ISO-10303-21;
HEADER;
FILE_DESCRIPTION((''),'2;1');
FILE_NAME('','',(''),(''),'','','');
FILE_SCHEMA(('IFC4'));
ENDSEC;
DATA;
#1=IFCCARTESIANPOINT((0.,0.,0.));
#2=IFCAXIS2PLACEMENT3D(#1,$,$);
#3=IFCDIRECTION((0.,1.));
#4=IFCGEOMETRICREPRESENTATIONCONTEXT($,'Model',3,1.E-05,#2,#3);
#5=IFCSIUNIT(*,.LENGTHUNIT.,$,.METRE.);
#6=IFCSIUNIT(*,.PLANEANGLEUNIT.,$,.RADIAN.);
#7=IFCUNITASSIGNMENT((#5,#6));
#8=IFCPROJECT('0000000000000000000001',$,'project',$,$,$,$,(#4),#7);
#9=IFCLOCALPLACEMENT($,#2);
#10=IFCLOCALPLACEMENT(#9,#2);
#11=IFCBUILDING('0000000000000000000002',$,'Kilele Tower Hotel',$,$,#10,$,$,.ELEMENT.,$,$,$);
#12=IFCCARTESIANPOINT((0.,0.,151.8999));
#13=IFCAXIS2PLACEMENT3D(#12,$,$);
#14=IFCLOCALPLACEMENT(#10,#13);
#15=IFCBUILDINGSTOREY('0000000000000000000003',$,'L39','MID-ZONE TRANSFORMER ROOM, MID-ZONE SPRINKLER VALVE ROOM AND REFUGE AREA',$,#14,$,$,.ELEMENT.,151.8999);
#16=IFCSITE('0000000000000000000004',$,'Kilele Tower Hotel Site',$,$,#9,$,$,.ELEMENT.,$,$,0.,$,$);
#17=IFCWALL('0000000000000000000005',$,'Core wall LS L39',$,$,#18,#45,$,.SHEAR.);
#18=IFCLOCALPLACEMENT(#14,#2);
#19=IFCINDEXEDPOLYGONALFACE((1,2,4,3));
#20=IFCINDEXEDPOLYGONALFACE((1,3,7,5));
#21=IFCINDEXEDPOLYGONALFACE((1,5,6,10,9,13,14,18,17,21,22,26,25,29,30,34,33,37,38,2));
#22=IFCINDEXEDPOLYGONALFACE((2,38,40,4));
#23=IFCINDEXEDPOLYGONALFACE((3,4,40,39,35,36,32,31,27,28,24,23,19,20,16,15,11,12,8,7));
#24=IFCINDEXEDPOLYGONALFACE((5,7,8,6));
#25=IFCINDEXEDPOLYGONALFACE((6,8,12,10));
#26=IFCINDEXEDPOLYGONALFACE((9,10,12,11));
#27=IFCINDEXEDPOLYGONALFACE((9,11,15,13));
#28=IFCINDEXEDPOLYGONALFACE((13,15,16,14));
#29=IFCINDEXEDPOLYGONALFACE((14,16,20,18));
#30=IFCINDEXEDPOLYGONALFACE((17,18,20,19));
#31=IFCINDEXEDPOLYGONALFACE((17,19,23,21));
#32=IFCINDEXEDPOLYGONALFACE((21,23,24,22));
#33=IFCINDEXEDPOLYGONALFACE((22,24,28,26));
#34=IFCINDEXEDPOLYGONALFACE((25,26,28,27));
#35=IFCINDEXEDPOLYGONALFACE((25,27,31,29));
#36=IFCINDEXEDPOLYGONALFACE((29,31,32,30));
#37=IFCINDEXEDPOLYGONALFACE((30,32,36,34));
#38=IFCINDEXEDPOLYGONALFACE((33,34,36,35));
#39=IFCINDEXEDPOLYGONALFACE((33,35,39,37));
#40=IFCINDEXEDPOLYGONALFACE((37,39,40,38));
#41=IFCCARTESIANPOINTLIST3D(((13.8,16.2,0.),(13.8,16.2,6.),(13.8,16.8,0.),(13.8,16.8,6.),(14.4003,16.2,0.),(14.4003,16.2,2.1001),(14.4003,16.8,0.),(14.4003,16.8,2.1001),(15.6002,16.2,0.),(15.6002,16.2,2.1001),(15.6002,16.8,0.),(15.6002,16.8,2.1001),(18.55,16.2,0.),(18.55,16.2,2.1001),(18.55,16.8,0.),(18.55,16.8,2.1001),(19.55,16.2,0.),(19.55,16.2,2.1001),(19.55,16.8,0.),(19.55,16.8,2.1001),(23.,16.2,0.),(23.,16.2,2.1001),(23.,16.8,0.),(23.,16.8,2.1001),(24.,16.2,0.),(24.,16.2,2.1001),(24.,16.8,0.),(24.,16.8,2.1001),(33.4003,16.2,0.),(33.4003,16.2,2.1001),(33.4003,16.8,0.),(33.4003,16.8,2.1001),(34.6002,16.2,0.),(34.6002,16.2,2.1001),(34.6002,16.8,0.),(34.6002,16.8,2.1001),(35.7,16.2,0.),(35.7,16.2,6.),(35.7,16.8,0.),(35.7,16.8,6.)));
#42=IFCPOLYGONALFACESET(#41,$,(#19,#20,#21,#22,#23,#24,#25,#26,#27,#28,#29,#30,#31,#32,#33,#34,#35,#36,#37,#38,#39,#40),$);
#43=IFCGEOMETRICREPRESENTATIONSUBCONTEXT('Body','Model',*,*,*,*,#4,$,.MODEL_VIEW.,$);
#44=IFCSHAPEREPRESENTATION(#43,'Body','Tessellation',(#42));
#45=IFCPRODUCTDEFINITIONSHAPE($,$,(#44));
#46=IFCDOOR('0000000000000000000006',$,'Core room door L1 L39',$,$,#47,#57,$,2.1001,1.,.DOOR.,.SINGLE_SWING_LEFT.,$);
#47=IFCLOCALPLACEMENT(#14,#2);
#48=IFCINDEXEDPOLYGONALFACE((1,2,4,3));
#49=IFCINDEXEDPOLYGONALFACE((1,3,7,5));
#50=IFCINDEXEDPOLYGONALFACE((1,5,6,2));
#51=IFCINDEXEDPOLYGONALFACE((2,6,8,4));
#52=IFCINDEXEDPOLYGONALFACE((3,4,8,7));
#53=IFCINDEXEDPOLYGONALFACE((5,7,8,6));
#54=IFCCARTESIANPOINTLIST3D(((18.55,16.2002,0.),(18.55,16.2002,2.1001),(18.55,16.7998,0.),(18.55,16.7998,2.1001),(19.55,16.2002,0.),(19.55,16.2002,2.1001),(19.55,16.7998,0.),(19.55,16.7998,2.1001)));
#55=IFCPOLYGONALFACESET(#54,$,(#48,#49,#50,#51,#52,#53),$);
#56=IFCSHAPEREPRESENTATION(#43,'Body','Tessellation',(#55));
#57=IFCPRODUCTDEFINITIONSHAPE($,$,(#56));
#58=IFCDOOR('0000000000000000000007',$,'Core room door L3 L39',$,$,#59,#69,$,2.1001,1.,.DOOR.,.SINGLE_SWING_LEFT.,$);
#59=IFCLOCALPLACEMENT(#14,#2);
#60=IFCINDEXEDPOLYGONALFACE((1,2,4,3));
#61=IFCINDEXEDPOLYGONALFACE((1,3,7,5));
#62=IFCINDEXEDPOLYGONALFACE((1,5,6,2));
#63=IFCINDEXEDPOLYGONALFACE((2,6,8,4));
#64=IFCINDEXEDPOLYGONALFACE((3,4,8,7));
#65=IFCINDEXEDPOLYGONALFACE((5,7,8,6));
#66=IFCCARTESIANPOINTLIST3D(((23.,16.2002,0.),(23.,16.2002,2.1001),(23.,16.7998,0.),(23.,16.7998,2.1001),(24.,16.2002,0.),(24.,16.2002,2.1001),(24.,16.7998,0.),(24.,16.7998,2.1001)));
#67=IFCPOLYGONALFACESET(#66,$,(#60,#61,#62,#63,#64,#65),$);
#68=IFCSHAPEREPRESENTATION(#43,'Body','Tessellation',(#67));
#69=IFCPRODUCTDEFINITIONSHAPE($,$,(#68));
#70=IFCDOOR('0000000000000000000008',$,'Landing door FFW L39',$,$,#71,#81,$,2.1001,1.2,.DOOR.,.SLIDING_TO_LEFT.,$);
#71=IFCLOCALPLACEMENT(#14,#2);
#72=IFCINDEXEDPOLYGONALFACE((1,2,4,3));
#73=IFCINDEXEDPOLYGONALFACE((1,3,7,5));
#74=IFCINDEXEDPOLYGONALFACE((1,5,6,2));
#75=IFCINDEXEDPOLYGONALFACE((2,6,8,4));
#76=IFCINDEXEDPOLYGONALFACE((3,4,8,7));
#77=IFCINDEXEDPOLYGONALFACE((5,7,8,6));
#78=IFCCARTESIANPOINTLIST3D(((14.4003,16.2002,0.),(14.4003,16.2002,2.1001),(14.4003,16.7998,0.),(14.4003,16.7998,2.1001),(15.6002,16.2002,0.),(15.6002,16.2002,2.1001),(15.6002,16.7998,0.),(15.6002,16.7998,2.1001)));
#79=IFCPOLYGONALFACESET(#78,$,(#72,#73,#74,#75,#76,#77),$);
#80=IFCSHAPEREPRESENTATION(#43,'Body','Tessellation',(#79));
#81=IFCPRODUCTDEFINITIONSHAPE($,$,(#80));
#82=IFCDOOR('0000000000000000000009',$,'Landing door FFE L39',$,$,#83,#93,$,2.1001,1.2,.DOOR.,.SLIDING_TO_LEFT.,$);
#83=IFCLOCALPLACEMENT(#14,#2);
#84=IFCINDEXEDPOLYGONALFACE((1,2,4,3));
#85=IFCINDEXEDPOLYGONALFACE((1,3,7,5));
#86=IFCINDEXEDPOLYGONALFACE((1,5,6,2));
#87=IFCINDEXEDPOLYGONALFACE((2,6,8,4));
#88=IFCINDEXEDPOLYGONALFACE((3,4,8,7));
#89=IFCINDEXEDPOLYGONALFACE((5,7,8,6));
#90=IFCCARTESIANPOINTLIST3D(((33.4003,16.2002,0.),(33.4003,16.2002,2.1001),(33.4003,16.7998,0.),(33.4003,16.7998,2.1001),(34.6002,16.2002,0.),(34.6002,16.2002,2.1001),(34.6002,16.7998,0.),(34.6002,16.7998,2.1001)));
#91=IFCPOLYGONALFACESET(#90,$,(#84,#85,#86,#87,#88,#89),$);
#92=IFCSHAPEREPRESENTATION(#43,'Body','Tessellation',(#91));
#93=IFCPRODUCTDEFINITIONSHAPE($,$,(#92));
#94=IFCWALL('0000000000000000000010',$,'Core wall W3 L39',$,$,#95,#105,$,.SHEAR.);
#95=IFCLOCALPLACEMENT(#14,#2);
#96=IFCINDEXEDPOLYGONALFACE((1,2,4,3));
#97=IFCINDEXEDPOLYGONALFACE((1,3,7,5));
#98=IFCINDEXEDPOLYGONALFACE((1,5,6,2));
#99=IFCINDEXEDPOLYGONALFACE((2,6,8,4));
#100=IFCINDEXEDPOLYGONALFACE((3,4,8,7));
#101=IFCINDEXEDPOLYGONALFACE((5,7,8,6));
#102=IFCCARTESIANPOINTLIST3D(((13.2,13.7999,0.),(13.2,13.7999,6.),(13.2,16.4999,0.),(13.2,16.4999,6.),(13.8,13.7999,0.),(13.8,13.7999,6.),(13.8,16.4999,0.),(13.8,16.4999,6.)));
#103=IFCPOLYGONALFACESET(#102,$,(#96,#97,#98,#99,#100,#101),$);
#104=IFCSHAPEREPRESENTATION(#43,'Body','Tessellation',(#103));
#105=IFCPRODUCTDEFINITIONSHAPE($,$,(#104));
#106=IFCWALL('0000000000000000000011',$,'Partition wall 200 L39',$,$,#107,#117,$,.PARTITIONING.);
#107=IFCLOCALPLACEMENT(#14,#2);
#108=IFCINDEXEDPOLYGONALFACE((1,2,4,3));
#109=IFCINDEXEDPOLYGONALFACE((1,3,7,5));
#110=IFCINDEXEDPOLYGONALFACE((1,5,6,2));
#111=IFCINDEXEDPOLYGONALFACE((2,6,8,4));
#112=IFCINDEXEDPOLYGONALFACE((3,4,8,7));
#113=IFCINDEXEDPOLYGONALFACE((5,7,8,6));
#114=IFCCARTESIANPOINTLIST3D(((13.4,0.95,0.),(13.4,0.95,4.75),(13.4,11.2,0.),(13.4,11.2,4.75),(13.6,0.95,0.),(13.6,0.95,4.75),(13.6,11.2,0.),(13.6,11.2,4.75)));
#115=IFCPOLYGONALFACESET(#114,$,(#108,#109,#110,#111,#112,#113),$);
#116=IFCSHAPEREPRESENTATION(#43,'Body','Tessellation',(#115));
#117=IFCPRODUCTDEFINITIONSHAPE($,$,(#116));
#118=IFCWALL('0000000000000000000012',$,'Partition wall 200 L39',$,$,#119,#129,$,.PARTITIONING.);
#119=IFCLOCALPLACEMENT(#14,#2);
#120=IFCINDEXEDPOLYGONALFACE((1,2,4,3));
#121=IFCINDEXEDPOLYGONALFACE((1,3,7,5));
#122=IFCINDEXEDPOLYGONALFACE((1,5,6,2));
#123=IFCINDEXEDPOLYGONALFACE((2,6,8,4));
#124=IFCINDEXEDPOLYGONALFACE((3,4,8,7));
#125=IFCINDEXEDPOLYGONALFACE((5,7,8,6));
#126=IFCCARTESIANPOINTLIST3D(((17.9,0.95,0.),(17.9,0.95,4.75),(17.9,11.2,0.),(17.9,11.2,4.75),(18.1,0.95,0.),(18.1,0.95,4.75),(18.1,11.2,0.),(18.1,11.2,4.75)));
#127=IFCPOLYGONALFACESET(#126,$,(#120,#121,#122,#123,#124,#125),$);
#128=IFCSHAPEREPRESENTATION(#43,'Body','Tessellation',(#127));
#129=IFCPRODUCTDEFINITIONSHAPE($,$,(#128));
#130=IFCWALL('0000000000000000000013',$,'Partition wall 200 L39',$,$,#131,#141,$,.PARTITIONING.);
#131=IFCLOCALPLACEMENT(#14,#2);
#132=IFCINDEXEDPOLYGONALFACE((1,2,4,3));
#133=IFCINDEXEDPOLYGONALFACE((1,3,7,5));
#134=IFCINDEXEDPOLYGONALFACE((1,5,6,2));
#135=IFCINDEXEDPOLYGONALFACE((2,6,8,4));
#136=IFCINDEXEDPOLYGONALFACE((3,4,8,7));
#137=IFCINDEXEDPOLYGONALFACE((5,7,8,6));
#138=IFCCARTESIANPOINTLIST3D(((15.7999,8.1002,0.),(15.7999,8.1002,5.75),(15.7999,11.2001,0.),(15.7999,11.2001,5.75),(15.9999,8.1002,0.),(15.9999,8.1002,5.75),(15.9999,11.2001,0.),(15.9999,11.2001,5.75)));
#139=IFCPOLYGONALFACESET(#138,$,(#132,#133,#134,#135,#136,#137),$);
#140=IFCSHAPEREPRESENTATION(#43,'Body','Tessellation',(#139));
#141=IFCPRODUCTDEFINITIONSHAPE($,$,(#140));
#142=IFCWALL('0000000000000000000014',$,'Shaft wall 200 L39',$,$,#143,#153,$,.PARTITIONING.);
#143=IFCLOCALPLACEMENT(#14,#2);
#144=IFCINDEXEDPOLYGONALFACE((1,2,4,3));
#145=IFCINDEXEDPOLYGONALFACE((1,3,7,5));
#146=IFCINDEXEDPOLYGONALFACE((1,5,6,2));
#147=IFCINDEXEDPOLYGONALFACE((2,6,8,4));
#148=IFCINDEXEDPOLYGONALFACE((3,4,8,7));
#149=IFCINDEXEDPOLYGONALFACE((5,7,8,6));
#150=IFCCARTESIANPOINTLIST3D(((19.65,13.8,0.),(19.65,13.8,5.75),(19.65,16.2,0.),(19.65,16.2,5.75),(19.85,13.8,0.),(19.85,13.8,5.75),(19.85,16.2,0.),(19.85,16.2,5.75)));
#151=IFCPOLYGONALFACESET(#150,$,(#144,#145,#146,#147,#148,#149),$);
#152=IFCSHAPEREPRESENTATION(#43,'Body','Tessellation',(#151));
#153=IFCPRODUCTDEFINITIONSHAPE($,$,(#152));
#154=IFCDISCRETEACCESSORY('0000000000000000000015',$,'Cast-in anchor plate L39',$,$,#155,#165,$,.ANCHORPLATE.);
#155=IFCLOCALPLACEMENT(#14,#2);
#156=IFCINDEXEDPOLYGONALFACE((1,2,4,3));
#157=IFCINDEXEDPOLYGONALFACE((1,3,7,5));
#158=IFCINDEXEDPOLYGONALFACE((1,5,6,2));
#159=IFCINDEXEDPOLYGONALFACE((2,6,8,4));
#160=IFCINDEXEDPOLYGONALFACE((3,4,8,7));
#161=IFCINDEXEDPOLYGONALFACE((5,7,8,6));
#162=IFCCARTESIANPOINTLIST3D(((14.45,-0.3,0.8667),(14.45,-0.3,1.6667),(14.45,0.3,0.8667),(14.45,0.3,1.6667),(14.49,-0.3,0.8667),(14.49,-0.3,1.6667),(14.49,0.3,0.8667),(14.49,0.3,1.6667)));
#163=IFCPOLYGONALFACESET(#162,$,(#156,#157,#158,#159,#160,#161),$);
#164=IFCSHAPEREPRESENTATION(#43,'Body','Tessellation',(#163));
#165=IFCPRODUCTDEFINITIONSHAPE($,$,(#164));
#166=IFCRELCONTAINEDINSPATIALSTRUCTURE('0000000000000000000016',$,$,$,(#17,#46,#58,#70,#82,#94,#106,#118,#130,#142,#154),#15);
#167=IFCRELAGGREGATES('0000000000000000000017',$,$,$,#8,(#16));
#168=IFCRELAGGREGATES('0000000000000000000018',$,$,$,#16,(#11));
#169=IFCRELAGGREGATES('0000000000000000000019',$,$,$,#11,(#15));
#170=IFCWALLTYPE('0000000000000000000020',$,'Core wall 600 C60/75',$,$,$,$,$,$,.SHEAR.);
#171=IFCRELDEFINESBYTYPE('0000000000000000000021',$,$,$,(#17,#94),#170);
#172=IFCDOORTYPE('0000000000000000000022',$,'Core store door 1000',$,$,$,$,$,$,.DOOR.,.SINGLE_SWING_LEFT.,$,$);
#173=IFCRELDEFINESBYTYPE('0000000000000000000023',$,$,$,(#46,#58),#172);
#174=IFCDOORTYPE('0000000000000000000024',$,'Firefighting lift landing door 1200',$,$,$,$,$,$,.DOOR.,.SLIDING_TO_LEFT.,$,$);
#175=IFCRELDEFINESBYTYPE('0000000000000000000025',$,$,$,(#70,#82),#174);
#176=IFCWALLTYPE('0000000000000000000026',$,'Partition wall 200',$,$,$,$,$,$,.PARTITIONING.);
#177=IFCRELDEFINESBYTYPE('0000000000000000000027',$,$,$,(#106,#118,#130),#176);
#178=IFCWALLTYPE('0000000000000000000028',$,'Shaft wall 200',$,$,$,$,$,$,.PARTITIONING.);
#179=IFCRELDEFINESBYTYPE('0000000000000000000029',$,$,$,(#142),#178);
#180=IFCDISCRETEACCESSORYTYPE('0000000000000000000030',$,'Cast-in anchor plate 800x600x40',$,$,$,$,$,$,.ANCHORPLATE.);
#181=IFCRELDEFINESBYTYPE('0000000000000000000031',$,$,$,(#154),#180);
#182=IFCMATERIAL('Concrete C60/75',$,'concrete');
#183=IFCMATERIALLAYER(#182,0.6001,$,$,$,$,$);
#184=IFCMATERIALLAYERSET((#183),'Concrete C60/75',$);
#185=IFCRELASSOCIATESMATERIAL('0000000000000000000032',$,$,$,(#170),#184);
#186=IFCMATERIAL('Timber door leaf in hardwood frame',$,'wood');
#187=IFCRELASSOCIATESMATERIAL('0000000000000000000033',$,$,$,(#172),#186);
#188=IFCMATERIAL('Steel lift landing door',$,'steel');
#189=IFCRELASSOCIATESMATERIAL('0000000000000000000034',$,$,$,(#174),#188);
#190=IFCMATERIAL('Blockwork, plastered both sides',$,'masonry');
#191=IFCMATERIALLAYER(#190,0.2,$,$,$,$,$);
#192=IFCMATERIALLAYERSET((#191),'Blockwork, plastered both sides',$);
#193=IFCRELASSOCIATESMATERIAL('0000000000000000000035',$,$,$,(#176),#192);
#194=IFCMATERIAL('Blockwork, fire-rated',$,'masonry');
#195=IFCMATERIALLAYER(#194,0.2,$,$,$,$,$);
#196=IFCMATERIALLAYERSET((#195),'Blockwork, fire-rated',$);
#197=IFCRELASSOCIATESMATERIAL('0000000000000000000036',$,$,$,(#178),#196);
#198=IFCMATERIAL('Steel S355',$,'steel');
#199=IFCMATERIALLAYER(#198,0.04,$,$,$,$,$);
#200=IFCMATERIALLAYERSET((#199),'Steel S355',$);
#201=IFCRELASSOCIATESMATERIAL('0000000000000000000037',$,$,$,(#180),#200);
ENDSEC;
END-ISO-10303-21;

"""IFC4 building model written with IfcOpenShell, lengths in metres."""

from ifc_helpers import new_model, si_unit, direction, frame, frame_2d, origin, place, context, subcontext, project, spatial, polyline, rectangle, outline, extrude, source, transform, mapped, material, layer, layer_set, type_object, element, fill, save


model = new_model("IFC4")

# Units and contexts
model_context = context("Model", 3, precision=1e-05, world=origin(), true_north=direction((0.0, 1.0)))
body_context = subcontext(model_context, "Body", "Model", "MODEL_VIEW")
ifc_project = project(units=[si_unit("LENGTHUNIT", "METRE"), si_unit("PLANEANGLEUNIT", "RADIAN")], contexts=[model_context])

# Site, building, storey
site_placement = place(None, origin())
site = spatial("IfcSite", under=ifc_project, at=site_placement, Name="Kilele Tower Hotel Site", CompositionType="ELEMENT", RefElevation=0.0)
building_placement = place(site_placement, origin())
building = spatial("IfcBuilding", under=site, at=building_placement, Name="Kilele Tower Hotel", CompositionType="ELEMENT")
storey_placement = place(building_placement, frame((0.0, 0.0, 151.8999)))
storey = spatial("IfcBuildingStorey", under=building, at=storey_placement, Name="L39", Description="MID-ZONE TRANSFORMER ROOM, MID-ZONE SPRINKLER VALVE ROOM AND REFUGE AREA", CompositionType="ELEMENT", Elevation=151.8999)

# Shared definitions
ifc_material_1 = material(Name="Concrete C60/75", Category="concrete")
ifc_layer_1 = layer(ifc_material_1, 0.6001)
ifc_layer_set_1 = layer_set([ifc_layer_1], Name="Concrete C60/75")
wall_type_1 = type_object("IfcWallType", Name="Core wall 600 C60/75", PredefinedType="SHEAR", material=ifc_layer_set_1)

# Wall, openings, doors
wall_1_placement = place(storey_placement, frame((13.8, 16.5, 0.0), z_axis=(0.0, 0.0, 1.0), x_axis=(1.0, 0.0, 0.0)))
wall_1 = element("IfcWall", 1, at=wall_1_placement, inside=storey, type_object=wall_type_1, Name="Core wall LS L39", PredefinedType="SHEAR", context=body_context, shape_type="SweptSolid", body=[
    extrude(rectangle(XDim=21.8999, YDim=0.6001, at=frame_2d((10.95, 0.0))), origin(), (0.0, 0.0, 1.0), 6.0),
])
opening_1_placement = place(wall_1_placement, frame((5.75, 0.0, 0.0), z_axis=(0.0, 0.0, 1.0), x_axis=(-1.0, 0.0, 0.0)))
opening_1 = element("IfcOpeningElement", 2, at=opening_1_placement, cuts=wall_1, PredefinedType="OPENING", context=body_context, shape_type="SweptSolid", body=[
    extrude(rectangle(XDim=1.0, YDim=2.1001, at=frame_2d((0.5, 1.05))), frame((0.0, 0.3101, 0.0), z_axis=(0.0, -1.0, 0.0), x_axis=(1.0, 0.0, 0.0)), (0.0, 0.0, 1.0), 0.6201),
])
opening_2_placement = place(wall_1_placement, frame((10.2, 0.0, 0.0), z_axis=(0.0, 0.0, 1.0), x_axis=(-1.0, 0.0, 0.0)))
opening_2 = element("IfcOpeningElement", 3, at=opening_2_placement, cuts=wall_1, PredefinedType="OPENING", context=body_context, shape_type="SweptSolid", body=[
    extrude(rectangle(XDim=1.0, YDim=2.1001, at=frame_2d((0.5, 1.05))), frame((0.0, 0.3101, 0.0), z_axis=(0.0, -1.0, 0.0), x_axis=(1.0, 0.0, 0.0)), (0.0, 0.0, 1.0), 0.6201),
])
opening_3_placement = place(wall_1_placement, frame((0.6001, 0.0, 0.0)))
opening_3 = element("IfcOpeningElement", 4, at=opening_3_placement, cuts=wall_1, PredefinedType="OPENING", context=body_context, shape_type="SweptSolid", body=[
    extrude(rectangle(XDim=1.2, YDim=2.1001, at=frame_2d((0.6001, 1.05))), frame((0.0, 0.3101, 0.0), z_axis=(0.0, -1.0, 0.0), x_axis=(1.0, 0.0, 0.0)), (0.0, 0.0, 1.0), 0.6201),
])
opening_4_placement = place(wall_1_placement, frame((19.6001, 0.0, 0.0)))
opening_4 = element("IfcOpeningElement", 5, at=opening_4_placement, cuts=wall_1, PredefinedType="OPENING", context=body_context, shape_type="SweptSolid", body=[
    extrude(rectangle(XDim=1.2, YDim=2.1001, at=frame_2d((0.6001, 1.05))), frame((0.0, 0.3101, 0.0), z_axis=(0.0, -1.0, 0.0), x_axis=(1.0, 0.0, 0.0)), (0.0, 0.0, 1.0), 0.6201),
])
ifc_material_2 = material(Name="Timber door leaf in hardwood frame", Category="wood")
door_type_1 = type_object("IfcDoorType", Name="Core store door 1000", OperationType="SINGLE_SWING_LEFT", PredefinedType="DOOR", material=ifc_material_2)
door_1_placement = place(opening_1_placement, origin())
door_1 = element("IfcDoor", 6, at=door_1_placement, inside=storey, type_object=door_type_1, Name="Core room door L1 L39", OperationType="SINGLE_SWING_LEFT", OverallHeight=2.1001, OverallWidth=1.0, PredefinedType="DOOR", context=body_context, shape_type="SweptSolid", body=[
    extrude(rectangle(XDim=1.0, YDim=2.1001, at=frame_2d((0.5, 1.05))), frame((0.0, 0.2998, 0.0), z_axis=(0.0, -1.0, 0.0), x_axis=(1.0, 0.0, 0.0)), (0.0, 0.0, 1.0), 0.5996),
])
fill(opening_1, door_1)
door_2_placement = place(opening_2_placement, origin())
door_2 = element("IfcDoor", 7, at=door_2_placement, inside=storey, type_object=door_type_1, Name="Core room door L3 L39", OperationType="SINGLE_SWING_LEFT", OverallHeight=2.1001, OverallWidth=1.0, PredefinedType="DOOR", context=body_context, shape_type="SweptSolid", body=[
    extrude(rectangle(XDim=1.0, YDim=2.1001, at=frame_2d((0.5, 1.05))), frame((0.0, 0.2998, 0.0), z_axis=(0.0, -1.0, 0.0), x_axis=(1.0, 0.0, 0.0)), (0.0, 0.0, 1.0), 0.5996),
])
fill(opening_2, door_2)
ifc_material_3 = material(Name="Steel lift landing door", Category="steel")
door_type_2 = type_object("IfcDoorType", Name="Firefighting lift landing door 1200", OperationType="SLIDING_TO_LEFT", PredefinedType="DOOR", material=ifc_material_3)
door_3_placement = place(opening_3_placement, origin())
door_3 = element("IfcDoor", 8, at=door_3_placement, inside=storey, type_object=door_type_2, Name="Landing door FFW L39", OperationType="SLIDING_TO_LEFT", OverallHeight=2.1001, OverallWidth=1.2, PredefinedType="DOOR", context=body_context, shape_type="SweptSolid", body=[
    extrude(rectangle(XDim=1.2, YDim=2.1001, at=frame_2d((0.6001, 1.05))), frame((0.0, 0.2998, 0.0), z_axis=(0.0, -1.0, 0.0), x_axis=(1.0, 0.0, 0.0)), (0.0, 0.0, 1.0), 0.5996),
])
fill(opening_3, door_3)
door_4_placement = place(opening_4_placement, origin())
door_4 = element("IfcDoor", 9, at=door_4_placement, inside=storey, type_object=door_type_2, Name="Landing door FFE L39", OperationType="SLIDING_TO_LEFT", OverallHeight=2.1001, OverallWidth=1.2, PredefinedType="DOOR", context=body_context, shape_type="SweptSolid", body=[
    extrude(rectangle(XDim=1.2, YDim=2.1001, at=frame_2d((0.6001, 1.05))), frame((0.0, 0.2998, 0.0), z_axis=(0.0, -1.0, 0.0), x_axis=(1.0, 0.0, 0.0)), (0.0, 0.0, 1.0), 0.5996),
])
fill(opening_4, door_4)

# Walls
wall_2_placement = place(storey_placement, frame((13.5, 16.5, 0.0), z_axis=(0.0, 0.0, 1.0), x_axis=(0.0, -1.0, 0.0)))
element("IfcWall", 10, at=wall_2_placement, inside=storey, type_object=wall_type_1, Name="Core wall W3 L39", PredefinedType="SHEAR", context=body_context, shape_type="SweptSolid", body=[
    extrude(rectangle(XDim=2.7, YDim=0.6001, at=frame_2d((1.3501, 0.0))), origin(), (0.0, 0.0, 1.0), 6.0),
])
ifc_material_4 = material(Name="Blockwork, plastered both sides", Category="masonry")
ifc_layer_2 = layer(ifc_material_4, 0.2)
ifc_layer_set_2 = layer_set([ifc_layer_2], Name="Blockwork, plastered both sides")
wall_type_2 = type_object("IfcWallType", Name="Partition wall 200", PredefinedType="PARTITIONING", material=ifc_layer_set_2)
for number, where, z_axis, x_axis, name in (
    (11, (13.5, 11.2, 0.0), (0.0, 0.0, 1.0), (0.0, -1.0, 0.0), "Partition wall 200 L39"),
    (12, (18.0, 11.2, 0.0), (0.0, 0.0, 1.0), (0.0, -1.0, 0.0), "Partition wall 200 L39"),
):
    element("IfcWall", number, at=place(storey_placement, frame(where, z_axis=z_axis, x_axis=x_axis)), inside=storey, type_object=wall_type_2, Name=name, PredefinedType="PARTITIONING", context=body_context, shape_type="SweptSolid", body=[
        extrude(rectangle(XDim=10.25, YDim=0.2, at=frame_2d((5.125, 0.0))), origin(), (0.0, 0.0, 1.0), 4.75),
    ])
wall_3_placement = place(storey_placement, frame((15.8999, 11.2, 0.0), z_axis=(0.0, 0.0, 1.0), x_axis=(0.0, -1.0, 0.0)))
element("IfcWall", 13, at=wall_3_placement, inside=storey, type_object=wall_type_2, Name="Partition wall 200 L39", PredefinedType="PARTITIONING", context=body_context, shape_type="SweptSolid", body=[
    extrude(rectangle(XDim=3.0999, YDim=0.2, at=frame_2d((1.5498, 0.0))), origin(), (0.0, 0.0, 1.0), 5.75),
])
ifc_material_5 = material(Name="Blockwork, fire-rated", Category="masonry")
ifc_layer_3 = layer(ifc_material_5, 0.2)
ifc_layer_set_3 = layer_set([ifc_layer_3], Name="Blockwork, fire-rated")
wall_type_3 = type_object("IfcWallType", Name="Shaft wall 200", PredefinedType="PARTITIONING", material=ifc_layer_set_3)
wall_4_placement = place(storey_placement, frame((19.75, 13.8, 0.0), z_axis=(0.0, 0.0, 1.0), x_axis=(0.0, 1.0, 0.0)))
element("IfcWall", 14, at=wall_4_placement, inside=storey, type_object=wall_type_3, Name="Shaft wall 200 L39", PredefinedType="PARTITIONING", context=body_context, shape_type="SweptSolid", body=[
    extrude(rectangle(XDim=2.3999, YDim=0.2, at=frame_2d((1.2, 0.0))), origin(), (0.0, 0.0, 1.0), 5.75),
])

# Discrete accessory
ifc_material_6 = material(Name="Steel S355", Category="steel")
ifc_layer_4 = layer(ifc_material_6, 0.04)
ifc_layer_set_4 = layer_set([ifc_layer_4], Name="Steel S355")
discrete_accessory_type = type_object("IfcDiscreteAccessoryType", Name="Cast-in anchor plate 800x600x40", PredefinedType="ANCHORPLATE", material=ifc_layer_set_4)
shared_shape = source(origin(), body_context, "Body", "SweptSolid", [
    extrude(outline(polyline([(0.0, 0.0), (0.04, 0.0), (0.04, 0.8), (0.0, 0.8), (0.0, 0.0)])), origin(), (0.0, 0.0, 1.0), 0.6001),
])
for number, where, z_axis, x_axis, name in (
    (15, (14.45, 0.3, 0.8667), (0.0, -1.0, 0.0), (1.0, 0.0, 0.0), "Cast-in anchor plate L39"),
):
    element("IfcDiscreteAccessory", number, at=place(storey_placement, frame(where, z_axis=z_axis, x_axis=x_axis)), inside=storey, type_object=discrete_accessory_type, Name=name, PredefinedType="ANCHORPLATE", context=body_context, shape_type="MappedRepresentation", body=[
        mapped(shared_shape, transform((0.0, 0.0, 0.0))),
    ])

save(model, "model.ifc")
